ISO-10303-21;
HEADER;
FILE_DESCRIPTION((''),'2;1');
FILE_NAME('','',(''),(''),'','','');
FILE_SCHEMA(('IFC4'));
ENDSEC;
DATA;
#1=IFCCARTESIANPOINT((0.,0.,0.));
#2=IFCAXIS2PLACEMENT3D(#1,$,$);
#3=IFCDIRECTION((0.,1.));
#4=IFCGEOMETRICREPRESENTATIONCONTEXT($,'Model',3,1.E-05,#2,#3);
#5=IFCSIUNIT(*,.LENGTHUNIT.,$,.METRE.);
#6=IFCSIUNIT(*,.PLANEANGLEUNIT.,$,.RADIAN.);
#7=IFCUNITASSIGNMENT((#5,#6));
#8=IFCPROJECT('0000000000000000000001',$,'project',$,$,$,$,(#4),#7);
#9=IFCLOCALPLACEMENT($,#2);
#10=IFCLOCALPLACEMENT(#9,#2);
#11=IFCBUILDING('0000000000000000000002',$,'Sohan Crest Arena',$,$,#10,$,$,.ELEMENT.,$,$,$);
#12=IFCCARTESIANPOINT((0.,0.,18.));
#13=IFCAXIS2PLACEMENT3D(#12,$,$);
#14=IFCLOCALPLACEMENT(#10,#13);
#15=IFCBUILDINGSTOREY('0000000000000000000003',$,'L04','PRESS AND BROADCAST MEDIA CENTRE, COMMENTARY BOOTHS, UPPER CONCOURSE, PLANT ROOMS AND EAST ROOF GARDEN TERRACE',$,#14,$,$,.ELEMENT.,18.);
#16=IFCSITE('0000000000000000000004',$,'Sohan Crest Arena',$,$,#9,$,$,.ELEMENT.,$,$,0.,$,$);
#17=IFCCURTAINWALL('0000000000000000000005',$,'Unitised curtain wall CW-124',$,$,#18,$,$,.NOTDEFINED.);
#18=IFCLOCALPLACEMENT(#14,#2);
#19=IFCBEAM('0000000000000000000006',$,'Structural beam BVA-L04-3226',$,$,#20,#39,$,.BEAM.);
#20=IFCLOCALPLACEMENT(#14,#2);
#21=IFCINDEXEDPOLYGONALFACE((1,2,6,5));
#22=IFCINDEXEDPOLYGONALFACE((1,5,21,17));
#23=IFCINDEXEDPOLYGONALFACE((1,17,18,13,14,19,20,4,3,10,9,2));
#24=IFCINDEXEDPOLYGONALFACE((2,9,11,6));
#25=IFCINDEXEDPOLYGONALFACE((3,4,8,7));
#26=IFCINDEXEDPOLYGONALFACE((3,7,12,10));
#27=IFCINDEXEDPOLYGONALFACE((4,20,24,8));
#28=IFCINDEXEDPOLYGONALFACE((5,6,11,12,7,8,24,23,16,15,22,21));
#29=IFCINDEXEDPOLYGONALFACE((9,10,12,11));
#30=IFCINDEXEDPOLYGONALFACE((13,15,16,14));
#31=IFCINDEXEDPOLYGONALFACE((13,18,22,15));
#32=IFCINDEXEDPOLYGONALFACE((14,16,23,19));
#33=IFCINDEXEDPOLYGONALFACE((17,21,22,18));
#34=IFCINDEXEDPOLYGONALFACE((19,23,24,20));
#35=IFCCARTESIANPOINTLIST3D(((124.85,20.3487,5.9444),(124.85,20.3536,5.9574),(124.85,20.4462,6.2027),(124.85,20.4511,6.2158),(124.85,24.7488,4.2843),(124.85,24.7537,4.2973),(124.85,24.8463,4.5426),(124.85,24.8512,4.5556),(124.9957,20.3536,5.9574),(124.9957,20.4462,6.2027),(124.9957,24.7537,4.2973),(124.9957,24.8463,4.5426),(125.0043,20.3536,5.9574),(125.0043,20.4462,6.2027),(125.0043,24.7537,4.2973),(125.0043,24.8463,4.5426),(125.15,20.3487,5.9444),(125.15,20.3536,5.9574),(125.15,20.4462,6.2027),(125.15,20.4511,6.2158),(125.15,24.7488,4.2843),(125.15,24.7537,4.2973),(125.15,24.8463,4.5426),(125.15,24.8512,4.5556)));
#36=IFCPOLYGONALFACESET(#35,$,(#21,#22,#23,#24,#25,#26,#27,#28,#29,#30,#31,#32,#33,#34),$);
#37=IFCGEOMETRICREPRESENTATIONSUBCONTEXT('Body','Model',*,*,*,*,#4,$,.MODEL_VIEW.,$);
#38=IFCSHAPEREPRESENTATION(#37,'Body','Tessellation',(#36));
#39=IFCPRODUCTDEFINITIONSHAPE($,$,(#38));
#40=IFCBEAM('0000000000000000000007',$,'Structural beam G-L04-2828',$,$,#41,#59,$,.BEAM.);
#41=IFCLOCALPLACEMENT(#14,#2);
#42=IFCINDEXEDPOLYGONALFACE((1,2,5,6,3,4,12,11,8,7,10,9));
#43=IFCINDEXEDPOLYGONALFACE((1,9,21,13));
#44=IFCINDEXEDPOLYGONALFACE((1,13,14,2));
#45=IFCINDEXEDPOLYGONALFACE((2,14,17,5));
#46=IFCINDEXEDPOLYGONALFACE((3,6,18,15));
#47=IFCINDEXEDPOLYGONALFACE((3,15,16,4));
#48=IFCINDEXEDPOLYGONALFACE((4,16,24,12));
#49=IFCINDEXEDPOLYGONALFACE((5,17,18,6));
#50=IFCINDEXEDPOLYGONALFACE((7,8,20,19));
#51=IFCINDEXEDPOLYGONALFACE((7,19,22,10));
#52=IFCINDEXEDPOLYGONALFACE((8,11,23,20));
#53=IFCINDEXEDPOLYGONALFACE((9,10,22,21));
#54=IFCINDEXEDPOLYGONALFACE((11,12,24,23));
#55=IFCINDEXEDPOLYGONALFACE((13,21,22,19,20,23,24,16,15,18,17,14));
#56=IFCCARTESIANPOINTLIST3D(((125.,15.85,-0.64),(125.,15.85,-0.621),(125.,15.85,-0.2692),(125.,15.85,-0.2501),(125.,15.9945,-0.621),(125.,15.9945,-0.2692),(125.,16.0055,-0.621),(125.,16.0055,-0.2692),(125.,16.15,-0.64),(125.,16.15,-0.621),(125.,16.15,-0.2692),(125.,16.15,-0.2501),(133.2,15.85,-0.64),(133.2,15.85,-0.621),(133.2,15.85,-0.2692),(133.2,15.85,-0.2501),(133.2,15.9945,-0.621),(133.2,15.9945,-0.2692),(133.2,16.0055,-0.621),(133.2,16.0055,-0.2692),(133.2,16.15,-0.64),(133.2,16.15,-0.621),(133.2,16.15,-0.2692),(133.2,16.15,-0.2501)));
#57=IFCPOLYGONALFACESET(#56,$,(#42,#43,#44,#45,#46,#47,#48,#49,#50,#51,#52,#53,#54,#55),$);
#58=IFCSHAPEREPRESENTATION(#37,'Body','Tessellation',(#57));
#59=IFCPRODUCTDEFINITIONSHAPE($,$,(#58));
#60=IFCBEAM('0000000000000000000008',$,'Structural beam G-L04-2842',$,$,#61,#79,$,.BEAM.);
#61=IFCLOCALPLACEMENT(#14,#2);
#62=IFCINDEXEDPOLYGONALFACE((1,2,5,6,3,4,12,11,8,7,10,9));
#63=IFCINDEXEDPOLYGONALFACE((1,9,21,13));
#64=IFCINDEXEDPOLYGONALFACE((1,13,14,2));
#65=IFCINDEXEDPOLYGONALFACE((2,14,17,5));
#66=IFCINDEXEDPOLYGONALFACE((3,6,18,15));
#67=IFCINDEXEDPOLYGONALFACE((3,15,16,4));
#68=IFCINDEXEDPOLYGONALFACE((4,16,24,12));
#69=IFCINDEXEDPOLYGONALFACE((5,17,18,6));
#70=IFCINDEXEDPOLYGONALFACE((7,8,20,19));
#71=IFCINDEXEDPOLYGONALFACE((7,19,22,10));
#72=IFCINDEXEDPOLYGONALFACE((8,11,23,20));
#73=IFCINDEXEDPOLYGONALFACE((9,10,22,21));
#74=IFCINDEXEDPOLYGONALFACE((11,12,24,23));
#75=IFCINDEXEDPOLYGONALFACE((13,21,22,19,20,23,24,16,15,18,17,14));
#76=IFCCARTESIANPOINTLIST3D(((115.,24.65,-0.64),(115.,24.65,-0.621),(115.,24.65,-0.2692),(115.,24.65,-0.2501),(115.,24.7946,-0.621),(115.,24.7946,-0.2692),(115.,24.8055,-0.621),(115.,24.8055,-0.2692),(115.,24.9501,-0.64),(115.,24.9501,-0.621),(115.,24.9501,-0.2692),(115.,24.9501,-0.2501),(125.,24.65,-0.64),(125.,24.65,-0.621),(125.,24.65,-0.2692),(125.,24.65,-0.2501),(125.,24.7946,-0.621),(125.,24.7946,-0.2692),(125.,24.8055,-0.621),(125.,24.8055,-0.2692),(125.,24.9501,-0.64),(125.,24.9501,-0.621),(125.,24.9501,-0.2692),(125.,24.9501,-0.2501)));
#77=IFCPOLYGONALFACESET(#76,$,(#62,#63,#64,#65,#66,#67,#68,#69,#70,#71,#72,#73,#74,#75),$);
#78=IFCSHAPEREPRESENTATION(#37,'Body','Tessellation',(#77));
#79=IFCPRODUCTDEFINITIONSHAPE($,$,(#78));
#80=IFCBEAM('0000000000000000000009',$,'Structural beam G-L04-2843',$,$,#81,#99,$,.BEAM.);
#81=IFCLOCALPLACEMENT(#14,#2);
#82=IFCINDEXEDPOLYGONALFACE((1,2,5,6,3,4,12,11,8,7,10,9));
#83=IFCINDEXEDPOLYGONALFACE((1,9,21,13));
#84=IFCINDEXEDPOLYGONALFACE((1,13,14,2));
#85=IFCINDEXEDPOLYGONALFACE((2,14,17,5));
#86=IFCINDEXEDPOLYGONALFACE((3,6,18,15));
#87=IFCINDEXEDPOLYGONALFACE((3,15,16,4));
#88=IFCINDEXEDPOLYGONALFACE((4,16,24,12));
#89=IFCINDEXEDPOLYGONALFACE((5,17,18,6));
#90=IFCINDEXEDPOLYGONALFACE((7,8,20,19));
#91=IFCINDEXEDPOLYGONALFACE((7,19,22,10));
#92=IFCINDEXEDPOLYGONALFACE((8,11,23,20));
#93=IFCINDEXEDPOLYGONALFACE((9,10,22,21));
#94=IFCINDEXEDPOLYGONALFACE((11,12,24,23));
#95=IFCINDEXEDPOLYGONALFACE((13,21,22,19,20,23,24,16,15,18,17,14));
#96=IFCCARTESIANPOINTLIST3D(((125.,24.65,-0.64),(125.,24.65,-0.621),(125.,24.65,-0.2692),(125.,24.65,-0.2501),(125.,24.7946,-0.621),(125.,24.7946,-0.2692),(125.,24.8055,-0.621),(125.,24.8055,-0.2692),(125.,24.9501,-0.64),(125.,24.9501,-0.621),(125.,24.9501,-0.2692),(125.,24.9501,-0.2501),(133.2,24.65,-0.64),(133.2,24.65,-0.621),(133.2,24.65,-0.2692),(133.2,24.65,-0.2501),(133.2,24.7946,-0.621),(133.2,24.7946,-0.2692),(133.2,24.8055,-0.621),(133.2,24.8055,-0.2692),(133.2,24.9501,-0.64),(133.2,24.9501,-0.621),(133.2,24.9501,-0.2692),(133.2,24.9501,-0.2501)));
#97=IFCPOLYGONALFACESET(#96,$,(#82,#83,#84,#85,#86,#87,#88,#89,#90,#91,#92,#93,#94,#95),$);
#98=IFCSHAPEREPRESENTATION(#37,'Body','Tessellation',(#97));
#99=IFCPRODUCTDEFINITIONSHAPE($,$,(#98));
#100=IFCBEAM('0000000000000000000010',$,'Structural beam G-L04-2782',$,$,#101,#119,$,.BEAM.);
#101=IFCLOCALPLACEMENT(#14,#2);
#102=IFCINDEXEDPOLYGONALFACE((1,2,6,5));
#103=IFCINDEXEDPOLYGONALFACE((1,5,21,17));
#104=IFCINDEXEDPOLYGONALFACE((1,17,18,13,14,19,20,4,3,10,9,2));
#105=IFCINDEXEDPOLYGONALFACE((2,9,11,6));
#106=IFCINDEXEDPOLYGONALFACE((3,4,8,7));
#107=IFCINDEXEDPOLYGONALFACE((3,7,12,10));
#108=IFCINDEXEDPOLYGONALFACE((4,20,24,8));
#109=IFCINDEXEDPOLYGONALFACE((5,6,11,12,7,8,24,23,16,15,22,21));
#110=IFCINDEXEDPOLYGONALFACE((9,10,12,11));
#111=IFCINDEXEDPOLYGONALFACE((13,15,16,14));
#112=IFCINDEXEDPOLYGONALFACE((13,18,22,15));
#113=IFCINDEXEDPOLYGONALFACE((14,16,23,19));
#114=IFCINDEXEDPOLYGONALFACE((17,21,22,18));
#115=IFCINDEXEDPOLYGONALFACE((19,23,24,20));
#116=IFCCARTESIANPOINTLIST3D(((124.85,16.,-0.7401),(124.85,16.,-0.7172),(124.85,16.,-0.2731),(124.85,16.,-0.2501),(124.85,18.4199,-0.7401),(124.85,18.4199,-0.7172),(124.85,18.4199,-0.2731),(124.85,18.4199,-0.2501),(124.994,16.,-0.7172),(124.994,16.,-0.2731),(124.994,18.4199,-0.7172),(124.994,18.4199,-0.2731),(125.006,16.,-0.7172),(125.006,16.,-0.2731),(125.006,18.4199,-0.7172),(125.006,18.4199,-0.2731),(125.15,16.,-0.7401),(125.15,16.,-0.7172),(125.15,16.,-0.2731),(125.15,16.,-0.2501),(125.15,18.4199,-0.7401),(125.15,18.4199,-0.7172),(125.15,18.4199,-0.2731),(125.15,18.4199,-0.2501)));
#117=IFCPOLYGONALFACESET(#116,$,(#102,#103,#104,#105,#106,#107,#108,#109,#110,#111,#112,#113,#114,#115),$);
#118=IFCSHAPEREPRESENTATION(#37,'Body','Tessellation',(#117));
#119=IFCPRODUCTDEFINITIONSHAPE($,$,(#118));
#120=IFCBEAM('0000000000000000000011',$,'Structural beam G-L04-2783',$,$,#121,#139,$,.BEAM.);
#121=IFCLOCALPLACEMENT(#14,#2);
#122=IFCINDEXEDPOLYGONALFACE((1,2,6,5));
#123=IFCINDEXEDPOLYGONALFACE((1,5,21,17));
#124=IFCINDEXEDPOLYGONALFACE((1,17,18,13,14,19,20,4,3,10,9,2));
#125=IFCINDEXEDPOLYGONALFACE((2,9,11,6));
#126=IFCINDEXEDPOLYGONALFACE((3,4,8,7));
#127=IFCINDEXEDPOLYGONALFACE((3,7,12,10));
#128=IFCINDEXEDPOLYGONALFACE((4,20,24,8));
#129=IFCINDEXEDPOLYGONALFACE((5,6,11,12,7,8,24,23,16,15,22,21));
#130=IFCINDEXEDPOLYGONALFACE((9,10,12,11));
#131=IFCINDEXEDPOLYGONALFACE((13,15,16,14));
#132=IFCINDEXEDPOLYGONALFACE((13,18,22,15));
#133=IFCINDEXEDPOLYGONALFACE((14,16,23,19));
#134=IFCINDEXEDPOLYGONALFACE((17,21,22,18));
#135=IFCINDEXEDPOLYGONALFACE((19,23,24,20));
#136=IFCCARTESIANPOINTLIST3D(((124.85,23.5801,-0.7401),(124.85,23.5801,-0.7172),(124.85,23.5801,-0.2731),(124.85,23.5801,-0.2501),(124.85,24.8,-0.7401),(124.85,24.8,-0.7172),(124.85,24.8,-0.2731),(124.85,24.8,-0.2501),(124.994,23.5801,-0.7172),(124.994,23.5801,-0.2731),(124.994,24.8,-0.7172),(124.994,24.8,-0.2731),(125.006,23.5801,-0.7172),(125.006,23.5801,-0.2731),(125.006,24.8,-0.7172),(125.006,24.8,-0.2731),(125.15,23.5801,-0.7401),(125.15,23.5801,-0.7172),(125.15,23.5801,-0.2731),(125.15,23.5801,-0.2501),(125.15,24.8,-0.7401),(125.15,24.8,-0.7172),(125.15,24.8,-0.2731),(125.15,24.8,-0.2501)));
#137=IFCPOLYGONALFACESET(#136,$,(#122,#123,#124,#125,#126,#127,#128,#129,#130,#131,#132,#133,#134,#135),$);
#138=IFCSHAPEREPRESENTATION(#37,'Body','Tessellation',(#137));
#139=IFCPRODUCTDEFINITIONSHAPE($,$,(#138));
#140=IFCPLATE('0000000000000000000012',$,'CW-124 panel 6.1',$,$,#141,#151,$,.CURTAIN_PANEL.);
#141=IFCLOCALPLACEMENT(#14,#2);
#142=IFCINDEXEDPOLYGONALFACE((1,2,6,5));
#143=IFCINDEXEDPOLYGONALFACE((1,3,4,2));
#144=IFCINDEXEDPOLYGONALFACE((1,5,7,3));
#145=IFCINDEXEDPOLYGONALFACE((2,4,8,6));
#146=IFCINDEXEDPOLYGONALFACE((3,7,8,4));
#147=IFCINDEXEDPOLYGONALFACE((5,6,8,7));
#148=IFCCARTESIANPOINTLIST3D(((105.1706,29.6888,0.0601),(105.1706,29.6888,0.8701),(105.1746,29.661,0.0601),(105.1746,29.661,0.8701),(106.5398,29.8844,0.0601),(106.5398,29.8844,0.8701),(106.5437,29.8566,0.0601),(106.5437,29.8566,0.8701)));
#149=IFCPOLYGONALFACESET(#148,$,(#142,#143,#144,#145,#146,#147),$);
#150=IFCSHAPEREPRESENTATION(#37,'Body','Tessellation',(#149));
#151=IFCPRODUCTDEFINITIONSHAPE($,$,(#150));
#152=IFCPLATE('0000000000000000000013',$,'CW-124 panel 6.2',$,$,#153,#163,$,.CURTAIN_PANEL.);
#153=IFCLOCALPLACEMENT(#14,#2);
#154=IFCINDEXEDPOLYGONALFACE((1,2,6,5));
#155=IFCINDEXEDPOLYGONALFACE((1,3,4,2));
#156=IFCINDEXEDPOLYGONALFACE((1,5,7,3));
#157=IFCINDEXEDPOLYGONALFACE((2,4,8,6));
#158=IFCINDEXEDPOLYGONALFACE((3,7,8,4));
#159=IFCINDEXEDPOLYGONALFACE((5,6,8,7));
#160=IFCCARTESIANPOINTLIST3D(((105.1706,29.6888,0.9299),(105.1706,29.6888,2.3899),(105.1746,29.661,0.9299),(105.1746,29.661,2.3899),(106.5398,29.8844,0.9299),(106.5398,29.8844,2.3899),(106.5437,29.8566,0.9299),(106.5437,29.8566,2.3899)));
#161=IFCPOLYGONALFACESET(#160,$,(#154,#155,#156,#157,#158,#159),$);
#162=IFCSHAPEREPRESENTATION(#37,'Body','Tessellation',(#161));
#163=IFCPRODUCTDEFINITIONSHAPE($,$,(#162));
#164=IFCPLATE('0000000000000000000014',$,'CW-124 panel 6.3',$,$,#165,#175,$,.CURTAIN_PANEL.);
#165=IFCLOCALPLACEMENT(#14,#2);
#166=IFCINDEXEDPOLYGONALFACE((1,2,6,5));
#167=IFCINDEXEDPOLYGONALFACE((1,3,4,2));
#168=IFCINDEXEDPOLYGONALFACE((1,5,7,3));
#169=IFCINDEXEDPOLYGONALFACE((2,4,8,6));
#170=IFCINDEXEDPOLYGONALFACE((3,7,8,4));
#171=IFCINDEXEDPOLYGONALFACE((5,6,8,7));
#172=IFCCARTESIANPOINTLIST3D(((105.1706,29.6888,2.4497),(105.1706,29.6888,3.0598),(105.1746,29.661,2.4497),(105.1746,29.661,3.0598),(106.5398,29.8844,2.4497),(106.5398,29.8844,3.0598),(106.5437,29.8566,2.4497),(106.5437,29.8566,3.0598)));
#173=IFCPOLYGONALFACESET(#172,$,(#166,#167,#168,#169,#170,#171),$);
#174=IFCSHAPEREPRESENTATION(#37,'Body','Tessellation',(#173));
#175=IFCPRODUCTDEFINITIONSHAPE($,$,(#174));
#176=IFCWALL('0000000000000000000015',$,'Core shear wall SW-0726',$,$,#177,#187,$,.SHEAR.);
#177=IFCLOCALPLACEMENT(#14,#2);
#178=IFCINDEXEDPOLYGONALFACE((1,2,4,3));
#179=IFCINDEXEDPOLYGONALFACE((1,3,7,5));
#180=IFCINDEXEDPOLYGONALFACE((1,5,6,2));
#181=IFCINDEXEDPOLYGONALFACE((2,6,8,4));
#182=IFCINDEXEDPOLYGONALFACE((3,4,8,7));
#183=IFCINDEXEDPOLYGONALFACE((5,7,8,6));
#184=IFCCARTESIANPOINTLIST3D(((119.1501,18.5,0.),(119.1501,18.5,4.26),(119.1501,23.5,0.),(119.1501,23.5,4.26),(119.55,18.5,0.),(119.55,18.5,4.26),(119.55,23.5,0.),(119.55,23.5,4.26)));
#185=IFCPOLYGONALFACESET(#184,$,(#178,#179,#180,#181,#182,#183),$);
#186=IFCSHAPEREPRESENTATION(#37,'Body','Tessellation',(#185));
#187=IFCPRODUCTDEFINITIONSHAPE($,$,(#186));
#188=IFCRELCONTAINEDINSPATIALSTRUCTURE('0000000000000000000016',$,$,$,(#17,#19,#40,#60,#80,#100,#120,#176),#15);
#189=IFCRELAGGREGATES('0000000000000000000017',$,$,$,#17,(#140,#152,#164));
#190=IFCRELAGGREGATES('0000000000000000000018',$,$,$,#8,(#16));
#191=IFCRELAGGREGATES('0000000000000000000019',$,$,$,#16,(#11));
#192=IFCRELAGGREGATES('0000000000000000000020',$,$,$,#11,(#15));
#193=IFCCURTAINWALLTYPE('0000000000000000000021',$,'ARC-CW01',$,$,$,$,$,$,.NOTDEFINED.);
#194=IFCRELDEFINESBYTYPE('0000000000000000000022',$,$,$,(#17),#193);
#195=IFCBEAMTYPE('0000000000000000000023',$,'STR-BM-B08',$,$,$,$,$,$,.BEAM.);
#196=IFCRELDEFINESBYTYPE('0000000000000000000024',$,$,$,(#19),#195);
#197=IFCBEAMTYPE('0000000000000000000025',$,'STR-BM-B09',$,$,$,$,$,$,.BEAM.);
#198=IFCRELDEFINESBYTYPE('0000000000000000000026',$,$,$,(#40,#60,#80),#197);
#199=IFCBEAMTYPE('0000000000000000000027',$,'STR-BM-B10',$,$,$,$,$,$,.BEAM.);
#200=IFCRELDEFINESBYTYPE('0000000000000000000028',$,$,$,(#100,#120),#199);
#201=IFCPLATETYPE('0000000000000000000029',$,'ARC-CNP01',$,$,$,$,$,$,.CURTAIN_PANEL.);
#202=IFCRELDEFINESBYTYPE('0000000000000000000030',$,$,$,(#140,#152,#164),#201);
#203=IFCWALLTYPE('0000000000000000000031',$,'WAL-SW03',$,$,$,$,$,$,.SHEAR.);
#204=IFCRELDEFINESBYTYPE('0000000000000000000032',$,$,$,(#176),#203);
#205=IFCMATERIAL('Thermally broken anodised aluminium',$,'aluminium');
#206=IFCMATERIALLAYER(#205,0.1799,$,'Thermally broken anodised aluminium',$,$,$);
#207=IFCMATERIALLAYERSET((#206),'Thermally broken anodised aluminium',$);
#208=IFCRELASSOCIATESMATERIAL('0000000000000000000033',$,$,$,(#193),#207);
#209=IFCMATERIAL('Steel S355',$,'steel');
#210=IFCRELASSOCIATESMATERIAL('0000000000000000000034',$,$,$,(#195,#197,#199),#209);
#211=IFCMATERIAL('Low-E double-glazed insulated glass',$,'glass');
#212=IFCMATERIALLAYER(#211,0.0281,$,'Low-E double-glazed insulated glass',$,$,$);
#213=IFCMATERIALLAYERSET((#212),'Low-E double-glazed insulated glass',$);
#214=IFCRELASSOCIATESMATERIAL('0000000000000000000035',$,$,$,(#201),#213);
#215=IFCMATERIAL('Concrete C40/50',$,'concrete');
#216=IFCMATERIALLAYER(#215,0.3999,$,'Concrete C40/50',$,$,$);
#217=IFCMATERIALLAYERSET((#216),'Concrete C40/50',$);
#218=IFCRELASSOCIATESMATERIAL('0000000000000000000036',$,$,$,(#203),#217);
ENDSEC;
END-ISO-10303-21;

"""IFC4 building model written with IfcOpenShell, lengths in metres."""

from ifc_helpers import new_model, si_unit, direction, frame, frame_2d, origin, origin_2d, place, context, subcontext, project, spatial, rectangle, i_section, extrude, material, layer, layer_set, material_profile, profile_set, type_object, element, aggregate, save


model = new_model("IFC4")

# Units and contexts
model_context = context("Model", 3, precision=1e-05, world=origin(), true_north=direction((0.0, 1.0)))
body_context = subcontext(model_context, "Body", "Model", "MODEL_VIEW")
ifc_project = project(units=[si_unit("LENGTHUNIT", "METRE"), si_unit("PLANEANGLEUNIT", "RADIAN")], contexts=[model_context])

# Site, building, storey
site_placement = place(None, origin())
site = spatial("IfcSite", under=ifc_project, at=site_placement, Name="Sohan Crest Arena", CompositionType="ELEMENT", RefElevation=0.0)
building_placement = place(site_placement, origin())
building = spatial("IfcBuilding", under=site, at=building_placement, Name="Sohan Crest Arena", CompositionType="ELEMENT")
storey_placement = place(building_placement, frame((0.0, 0.0, 18.0)))
storey = spatial("IfcBuildingStorey", under=building, at=storey_placement, Name="L04", Description="PRESS AND BROADCAST MEDIA CENTRE, COMMENTARY BOOTHS, UPPER CONCOURSE, PLANT ROOMS AND EAST ROOF GARDEN TERRACE", CompositionType="ELEMENT", Elevation=18.0)

# Shared definitions
ifc_material_1 = material(Name="Steel S355", Category="steel")

# Curtain wall
ifc_material_2 = material(Name="Thermally broken anodised aluminium", Category="aluminium")
ifc_layer_1 = layer(ifc_material_2, 0.1799, Name="Thermally broken anodised aluminium")
ifc_layer_set_1 = layer_set([ifc_layer_1], Name="Thermally broken anodised aluminium")
curtain_wall_type = type_object("IfcCurtainWallType", Name="ARC-CW01", PredefinedType="NOTDEFINED", material=ifc_layer_set_1)
curtain_wall_placement = place(storey_placement, origin())
curtain_wall = element("IfcCurtainWall", 1, at=curtain_wall_placement, inside=storey, type_object=curtain_wall_type, Name="Unitised curtain wall CW-124", PredefinedType="NOTDEFINED")

# Beams
ifc_material_profile_1 = material_profile(ifc_material_1, i_section(OverallWidth=0.3, OverallDepth=0.29, WebThickness=0.0085, FlangeThickness=0.0139, at=origin_2d()), Name="HEA 300")
ifc_profile_set_1 = profile_set([ifc_material_profile_1], Name="Steel S355")
beam_type_1 = type_object("IfcBeamType", Name="STR-BM-B08", PredefinedType="BEAM", material=ifc_profile_set_1)
beam_1_placement = place(storey_placement, frame((125.0, 20.3999, 6.0801), z_axis=(0.0, 0.935621, -0.353006), x_axis=(-1.0, 0.0, 0.0)))
element("IfcBeam", 2, at=beam_1_placement, inside=storey, type_object=beam_type_1, Name="Structural beam BVA-L04-3226", PredefinedType="BEAM", context=body_context, shape_type="SweptSolid", body=[
    extrude(i_section(OverallWidth=0.3, OverallDepth=0.29, WebThickness=0.0085, FlangeThickness=0.0139, at=origin_2d()), origin(), (0.0, 0.0, 1.0), 4.7029),
])
ifc_material_profile_2 = material_profile(ifc_material_1, i_section(OverallWidth=0.3, OverallDepth=0.3899, WebThickness=0.011, FlangeThickness=0.019, at=origin_2d()), Name="HEA 400")
ifc_profile_set_2 = profile_set([ifc_material_profile_2], Name="Steel S355")
beam_type_2 = type_object("IfcBeamType", Name="STR-BM-B09", PredefinedType="BEAM", material=ifc_profile_set_2)
beam_2_placement = place(storey_placement, frame((125.0, 16.0, -0.4451), z_axis=(1.0, 0.0, 0.0), x_axis=(0.0, 1.0, 0.0)))
element("IfcBeam", 3, at=beam_2_placement, inside=storey, type_object=beam_type_2, Name="Structural beam G-L04-2828", PredefinedType="BEAM", context=body_context, shape_type="SweptSolid", body=[
    extrude(i_section(OverallWidth=0.3, OverallDepth=0.3899, WebThickness=0.011, FlangeThickness=0.019, at=origin_2d()), origin(), (0.0, 0.0, 1.0), 8.2),
])
beam_3_placement = place(storey_placement, frame((115.0, 24.8, -0.4451), z_axis=(1.0, 0.0, 0.0), x_axis=(0.0, 1.0, 0.0)))
element("IfcBeam", 4, at=beam_3_placement, inside=storey, type_object=beam_type_2, Name="Structural beam G-L04-2842", PredefinedType="BEAM", context=body_context, shape_type="SweptSolid", body=[
    extrude(i_section(OverallWidth=0.3, OverallDepth=0.3899, WebThickness=0.011, FlangeThickness=0.019, at=origin_2d()), origin(), (0.0, 0.0, 1.0), 10.0),
])
beam_4_placement = place(storey_placement, frame((125.0, 24.8, -0.4451), z_axis=(1.0, 0.0, 0.0), x_axis=(0.0, 1.0, 0.0)))
element("IfcBeam", 5, at=beam_4_placement, inside=storey, type_object=beam_type_2, Name="Structural beam G-L04-2843", PredefinedType="BEAM", context=body_context, shape_type="SweptSolid", body=[
    extrude(i_section(OverallWidth=0.3, OverallDepth=0.3899, WebThickness=0.011, FlangeThickness=0.019, at=origin_2d()), origin(), (0.0, 0.0, 1.0), 8.2),
])
ifc_material_profile_3 = material_profile(ifc_material_1, i_section(OverallWidth=0.3, OverallDepth=0.49, WebThickness=0.012, FlangeThickness=0.0229, at=origin_2d()), Name="HEA 500")
ifc_profile_set_3 = profile_set([ifc_material_profile_3], Name="Steel S355")
beam_type_3 = type_object("IfcBeamType", Name="STR-BM-B10", PredefinedType="BEAM", material=ifc_profile_set_3)
beam_5_placement = place(storey_placement, frame((125.0, 16.0, -0.4951), z_axis=(0.0, 1.0, 0.0), x_axis=(-1.0, 0.0, 0.0)))
element("IfcBeam", 6, at=beam_5_placement, inside=storey, type_object=beam_type_3, Name="Structural beam G-L04-2782", PredefinedType="BEAM", context=body_context, shape_type="SweptSolid", body=[
    extrude(i_section(OverallWidth=0.3, OverallDepth=0.49, WebThickness=0.012, FlangeThickness=0.0229, at=origin_2d()), origin(), (0.0, 0.0, 1.0), 2.4199),
])
beam_6_placement = place(storey_placement, frame((125.0, 23.5801, -0.4951), z_axis=(0.0, 1.0, 0.0), x_axis=(-1.0, 0.0, 0.0)))
element("IfcBeam", 7, at=beam_6_placement, inside=storey, type_object=beam_type_3, Name="Structural beam G-L04-2783", PredefinedType="BEAM", context=body_context, shape_type="SweptSolid", body=[
    extrude(i_section(OverallWidth=0.3, OverallDepth=0.49, WebThickness=0.012, FlangeThickness=0.0229, at=origin_2d()), origin(), (0.0, 0.0, 1.0), 1.22),
])

# Plates
ifc_material_3 = material(Name="Low-E double-glazed insulated glass", Category="glass")
ifc_layer_2 = layer(ifc_material_3, 0.0281, Name="Low-E double-glazed insulated glass")
ifc_layer_set_2 = layer_set([ifc_layer_2], Name="Low-E double-glazed insulated glass")
plate_type = type_object("IfcPlateType", Name="ARC-CNP01", PredefinedType="CURTAIN_PANEL", material=ifc_layer_set_2)
plate_1_placement = place(storey_placement, frame((105.8572, 29.7727, 0.0601), z_axis=(0.0, 0.0, 1.0), x_axis=(0.989944, 0.141463, 0.0)))
plate_1 = element("IfcPlate", 8, at=plate_1_placement, type_object=plate_type, Name="CW-124 panel 6.1", PredefinedType="CURTAIN_PANEL", context=body_context, shape_type="SweptSolid", body=[
    extrude(rectangle(XDim=1.3831, YDim=0.0281, at=origin_2d()), origin(), (0.0, 0.0, 1.0), 0.8101),
])
plate_2_placement = place(storey_placement, frame((105.8572, 29.7727, 0.9299), z_axis=(0.0, 0.0, 1.0), x_axis=(0.989944, 0.141463, 0.0)))
plate_2 = element("IfcPlate", 9, at=plate_2_placement, type_object=plate_type, Name="CW-124 panel 6.2", PredefinedType="CURTAIN_PANEL", context=body_context, shape_type="SweptSolid", body=[
    extrude(rectangle(XDim=1.3831, YDim=0.0281, at=origin_2d()), origin(), (0.0, 0.0, 1.0), 1.46),
])
plate_3_placement = place(storey_placement, frame((105.8572, 29.7727, 2.4497), z_axis=(0.0, 0.0, 1.0), x_axis=(0.989944, 0.141463, 0.0)))
plate_3 = element("IfcPlate", 10, at=plate_3_placement, type_object=plate_type, Name="CW-124 panel 6.3", PredefinedType="CURTAIN_PANEL", context=body_context, shape_type="SweptSolid", body=[
    extrude(rectangle(XDim=1.3831, YDim=0.0281, at=origin_2d()), origin(), (0.0, 0.0, 1.0), 0.6101),
])
aggregate(curtain_wall, [plate_1, plate_2, plate_3])

# Wall
ifc_material_4 = material(Name="Concrete C40/50", Category="concrete")
ifc_layer_3 = layer(ifc_material_4, 0.3999, Name="Concrete C40/50")
ifc_layer_set_3 = layer_set([ifc_layer_3], Name="Concrete C40/50")
wall_type = type_object("IfcWallType", Name="WAL-SW03", PredefinedType="SHEAR", material=ifc_layer_set_3)
wall_1_placement = place(storey_placement, frame((119.3501, 18.5, 0.0), z_axis=(0.0, 0.0, 1.0), x_axis=(0.0, 1.0, 0.0)))
element("IfcWall", 11, at=wall_1_placement, inside=storey, type_object=wall_type, Name="Core shear wall SW-0726", PredefinedType="SHEAR", context=body_context, shape_type="SweptSolid", body=[
    extrude(rectangle(XDim=5.0, YDim=0.3999, at=frame_2d((2.5, 0.0))), origin(), (0.0, 0.0, 1.0), 4.26),
])

save(model, "model.ifc")
